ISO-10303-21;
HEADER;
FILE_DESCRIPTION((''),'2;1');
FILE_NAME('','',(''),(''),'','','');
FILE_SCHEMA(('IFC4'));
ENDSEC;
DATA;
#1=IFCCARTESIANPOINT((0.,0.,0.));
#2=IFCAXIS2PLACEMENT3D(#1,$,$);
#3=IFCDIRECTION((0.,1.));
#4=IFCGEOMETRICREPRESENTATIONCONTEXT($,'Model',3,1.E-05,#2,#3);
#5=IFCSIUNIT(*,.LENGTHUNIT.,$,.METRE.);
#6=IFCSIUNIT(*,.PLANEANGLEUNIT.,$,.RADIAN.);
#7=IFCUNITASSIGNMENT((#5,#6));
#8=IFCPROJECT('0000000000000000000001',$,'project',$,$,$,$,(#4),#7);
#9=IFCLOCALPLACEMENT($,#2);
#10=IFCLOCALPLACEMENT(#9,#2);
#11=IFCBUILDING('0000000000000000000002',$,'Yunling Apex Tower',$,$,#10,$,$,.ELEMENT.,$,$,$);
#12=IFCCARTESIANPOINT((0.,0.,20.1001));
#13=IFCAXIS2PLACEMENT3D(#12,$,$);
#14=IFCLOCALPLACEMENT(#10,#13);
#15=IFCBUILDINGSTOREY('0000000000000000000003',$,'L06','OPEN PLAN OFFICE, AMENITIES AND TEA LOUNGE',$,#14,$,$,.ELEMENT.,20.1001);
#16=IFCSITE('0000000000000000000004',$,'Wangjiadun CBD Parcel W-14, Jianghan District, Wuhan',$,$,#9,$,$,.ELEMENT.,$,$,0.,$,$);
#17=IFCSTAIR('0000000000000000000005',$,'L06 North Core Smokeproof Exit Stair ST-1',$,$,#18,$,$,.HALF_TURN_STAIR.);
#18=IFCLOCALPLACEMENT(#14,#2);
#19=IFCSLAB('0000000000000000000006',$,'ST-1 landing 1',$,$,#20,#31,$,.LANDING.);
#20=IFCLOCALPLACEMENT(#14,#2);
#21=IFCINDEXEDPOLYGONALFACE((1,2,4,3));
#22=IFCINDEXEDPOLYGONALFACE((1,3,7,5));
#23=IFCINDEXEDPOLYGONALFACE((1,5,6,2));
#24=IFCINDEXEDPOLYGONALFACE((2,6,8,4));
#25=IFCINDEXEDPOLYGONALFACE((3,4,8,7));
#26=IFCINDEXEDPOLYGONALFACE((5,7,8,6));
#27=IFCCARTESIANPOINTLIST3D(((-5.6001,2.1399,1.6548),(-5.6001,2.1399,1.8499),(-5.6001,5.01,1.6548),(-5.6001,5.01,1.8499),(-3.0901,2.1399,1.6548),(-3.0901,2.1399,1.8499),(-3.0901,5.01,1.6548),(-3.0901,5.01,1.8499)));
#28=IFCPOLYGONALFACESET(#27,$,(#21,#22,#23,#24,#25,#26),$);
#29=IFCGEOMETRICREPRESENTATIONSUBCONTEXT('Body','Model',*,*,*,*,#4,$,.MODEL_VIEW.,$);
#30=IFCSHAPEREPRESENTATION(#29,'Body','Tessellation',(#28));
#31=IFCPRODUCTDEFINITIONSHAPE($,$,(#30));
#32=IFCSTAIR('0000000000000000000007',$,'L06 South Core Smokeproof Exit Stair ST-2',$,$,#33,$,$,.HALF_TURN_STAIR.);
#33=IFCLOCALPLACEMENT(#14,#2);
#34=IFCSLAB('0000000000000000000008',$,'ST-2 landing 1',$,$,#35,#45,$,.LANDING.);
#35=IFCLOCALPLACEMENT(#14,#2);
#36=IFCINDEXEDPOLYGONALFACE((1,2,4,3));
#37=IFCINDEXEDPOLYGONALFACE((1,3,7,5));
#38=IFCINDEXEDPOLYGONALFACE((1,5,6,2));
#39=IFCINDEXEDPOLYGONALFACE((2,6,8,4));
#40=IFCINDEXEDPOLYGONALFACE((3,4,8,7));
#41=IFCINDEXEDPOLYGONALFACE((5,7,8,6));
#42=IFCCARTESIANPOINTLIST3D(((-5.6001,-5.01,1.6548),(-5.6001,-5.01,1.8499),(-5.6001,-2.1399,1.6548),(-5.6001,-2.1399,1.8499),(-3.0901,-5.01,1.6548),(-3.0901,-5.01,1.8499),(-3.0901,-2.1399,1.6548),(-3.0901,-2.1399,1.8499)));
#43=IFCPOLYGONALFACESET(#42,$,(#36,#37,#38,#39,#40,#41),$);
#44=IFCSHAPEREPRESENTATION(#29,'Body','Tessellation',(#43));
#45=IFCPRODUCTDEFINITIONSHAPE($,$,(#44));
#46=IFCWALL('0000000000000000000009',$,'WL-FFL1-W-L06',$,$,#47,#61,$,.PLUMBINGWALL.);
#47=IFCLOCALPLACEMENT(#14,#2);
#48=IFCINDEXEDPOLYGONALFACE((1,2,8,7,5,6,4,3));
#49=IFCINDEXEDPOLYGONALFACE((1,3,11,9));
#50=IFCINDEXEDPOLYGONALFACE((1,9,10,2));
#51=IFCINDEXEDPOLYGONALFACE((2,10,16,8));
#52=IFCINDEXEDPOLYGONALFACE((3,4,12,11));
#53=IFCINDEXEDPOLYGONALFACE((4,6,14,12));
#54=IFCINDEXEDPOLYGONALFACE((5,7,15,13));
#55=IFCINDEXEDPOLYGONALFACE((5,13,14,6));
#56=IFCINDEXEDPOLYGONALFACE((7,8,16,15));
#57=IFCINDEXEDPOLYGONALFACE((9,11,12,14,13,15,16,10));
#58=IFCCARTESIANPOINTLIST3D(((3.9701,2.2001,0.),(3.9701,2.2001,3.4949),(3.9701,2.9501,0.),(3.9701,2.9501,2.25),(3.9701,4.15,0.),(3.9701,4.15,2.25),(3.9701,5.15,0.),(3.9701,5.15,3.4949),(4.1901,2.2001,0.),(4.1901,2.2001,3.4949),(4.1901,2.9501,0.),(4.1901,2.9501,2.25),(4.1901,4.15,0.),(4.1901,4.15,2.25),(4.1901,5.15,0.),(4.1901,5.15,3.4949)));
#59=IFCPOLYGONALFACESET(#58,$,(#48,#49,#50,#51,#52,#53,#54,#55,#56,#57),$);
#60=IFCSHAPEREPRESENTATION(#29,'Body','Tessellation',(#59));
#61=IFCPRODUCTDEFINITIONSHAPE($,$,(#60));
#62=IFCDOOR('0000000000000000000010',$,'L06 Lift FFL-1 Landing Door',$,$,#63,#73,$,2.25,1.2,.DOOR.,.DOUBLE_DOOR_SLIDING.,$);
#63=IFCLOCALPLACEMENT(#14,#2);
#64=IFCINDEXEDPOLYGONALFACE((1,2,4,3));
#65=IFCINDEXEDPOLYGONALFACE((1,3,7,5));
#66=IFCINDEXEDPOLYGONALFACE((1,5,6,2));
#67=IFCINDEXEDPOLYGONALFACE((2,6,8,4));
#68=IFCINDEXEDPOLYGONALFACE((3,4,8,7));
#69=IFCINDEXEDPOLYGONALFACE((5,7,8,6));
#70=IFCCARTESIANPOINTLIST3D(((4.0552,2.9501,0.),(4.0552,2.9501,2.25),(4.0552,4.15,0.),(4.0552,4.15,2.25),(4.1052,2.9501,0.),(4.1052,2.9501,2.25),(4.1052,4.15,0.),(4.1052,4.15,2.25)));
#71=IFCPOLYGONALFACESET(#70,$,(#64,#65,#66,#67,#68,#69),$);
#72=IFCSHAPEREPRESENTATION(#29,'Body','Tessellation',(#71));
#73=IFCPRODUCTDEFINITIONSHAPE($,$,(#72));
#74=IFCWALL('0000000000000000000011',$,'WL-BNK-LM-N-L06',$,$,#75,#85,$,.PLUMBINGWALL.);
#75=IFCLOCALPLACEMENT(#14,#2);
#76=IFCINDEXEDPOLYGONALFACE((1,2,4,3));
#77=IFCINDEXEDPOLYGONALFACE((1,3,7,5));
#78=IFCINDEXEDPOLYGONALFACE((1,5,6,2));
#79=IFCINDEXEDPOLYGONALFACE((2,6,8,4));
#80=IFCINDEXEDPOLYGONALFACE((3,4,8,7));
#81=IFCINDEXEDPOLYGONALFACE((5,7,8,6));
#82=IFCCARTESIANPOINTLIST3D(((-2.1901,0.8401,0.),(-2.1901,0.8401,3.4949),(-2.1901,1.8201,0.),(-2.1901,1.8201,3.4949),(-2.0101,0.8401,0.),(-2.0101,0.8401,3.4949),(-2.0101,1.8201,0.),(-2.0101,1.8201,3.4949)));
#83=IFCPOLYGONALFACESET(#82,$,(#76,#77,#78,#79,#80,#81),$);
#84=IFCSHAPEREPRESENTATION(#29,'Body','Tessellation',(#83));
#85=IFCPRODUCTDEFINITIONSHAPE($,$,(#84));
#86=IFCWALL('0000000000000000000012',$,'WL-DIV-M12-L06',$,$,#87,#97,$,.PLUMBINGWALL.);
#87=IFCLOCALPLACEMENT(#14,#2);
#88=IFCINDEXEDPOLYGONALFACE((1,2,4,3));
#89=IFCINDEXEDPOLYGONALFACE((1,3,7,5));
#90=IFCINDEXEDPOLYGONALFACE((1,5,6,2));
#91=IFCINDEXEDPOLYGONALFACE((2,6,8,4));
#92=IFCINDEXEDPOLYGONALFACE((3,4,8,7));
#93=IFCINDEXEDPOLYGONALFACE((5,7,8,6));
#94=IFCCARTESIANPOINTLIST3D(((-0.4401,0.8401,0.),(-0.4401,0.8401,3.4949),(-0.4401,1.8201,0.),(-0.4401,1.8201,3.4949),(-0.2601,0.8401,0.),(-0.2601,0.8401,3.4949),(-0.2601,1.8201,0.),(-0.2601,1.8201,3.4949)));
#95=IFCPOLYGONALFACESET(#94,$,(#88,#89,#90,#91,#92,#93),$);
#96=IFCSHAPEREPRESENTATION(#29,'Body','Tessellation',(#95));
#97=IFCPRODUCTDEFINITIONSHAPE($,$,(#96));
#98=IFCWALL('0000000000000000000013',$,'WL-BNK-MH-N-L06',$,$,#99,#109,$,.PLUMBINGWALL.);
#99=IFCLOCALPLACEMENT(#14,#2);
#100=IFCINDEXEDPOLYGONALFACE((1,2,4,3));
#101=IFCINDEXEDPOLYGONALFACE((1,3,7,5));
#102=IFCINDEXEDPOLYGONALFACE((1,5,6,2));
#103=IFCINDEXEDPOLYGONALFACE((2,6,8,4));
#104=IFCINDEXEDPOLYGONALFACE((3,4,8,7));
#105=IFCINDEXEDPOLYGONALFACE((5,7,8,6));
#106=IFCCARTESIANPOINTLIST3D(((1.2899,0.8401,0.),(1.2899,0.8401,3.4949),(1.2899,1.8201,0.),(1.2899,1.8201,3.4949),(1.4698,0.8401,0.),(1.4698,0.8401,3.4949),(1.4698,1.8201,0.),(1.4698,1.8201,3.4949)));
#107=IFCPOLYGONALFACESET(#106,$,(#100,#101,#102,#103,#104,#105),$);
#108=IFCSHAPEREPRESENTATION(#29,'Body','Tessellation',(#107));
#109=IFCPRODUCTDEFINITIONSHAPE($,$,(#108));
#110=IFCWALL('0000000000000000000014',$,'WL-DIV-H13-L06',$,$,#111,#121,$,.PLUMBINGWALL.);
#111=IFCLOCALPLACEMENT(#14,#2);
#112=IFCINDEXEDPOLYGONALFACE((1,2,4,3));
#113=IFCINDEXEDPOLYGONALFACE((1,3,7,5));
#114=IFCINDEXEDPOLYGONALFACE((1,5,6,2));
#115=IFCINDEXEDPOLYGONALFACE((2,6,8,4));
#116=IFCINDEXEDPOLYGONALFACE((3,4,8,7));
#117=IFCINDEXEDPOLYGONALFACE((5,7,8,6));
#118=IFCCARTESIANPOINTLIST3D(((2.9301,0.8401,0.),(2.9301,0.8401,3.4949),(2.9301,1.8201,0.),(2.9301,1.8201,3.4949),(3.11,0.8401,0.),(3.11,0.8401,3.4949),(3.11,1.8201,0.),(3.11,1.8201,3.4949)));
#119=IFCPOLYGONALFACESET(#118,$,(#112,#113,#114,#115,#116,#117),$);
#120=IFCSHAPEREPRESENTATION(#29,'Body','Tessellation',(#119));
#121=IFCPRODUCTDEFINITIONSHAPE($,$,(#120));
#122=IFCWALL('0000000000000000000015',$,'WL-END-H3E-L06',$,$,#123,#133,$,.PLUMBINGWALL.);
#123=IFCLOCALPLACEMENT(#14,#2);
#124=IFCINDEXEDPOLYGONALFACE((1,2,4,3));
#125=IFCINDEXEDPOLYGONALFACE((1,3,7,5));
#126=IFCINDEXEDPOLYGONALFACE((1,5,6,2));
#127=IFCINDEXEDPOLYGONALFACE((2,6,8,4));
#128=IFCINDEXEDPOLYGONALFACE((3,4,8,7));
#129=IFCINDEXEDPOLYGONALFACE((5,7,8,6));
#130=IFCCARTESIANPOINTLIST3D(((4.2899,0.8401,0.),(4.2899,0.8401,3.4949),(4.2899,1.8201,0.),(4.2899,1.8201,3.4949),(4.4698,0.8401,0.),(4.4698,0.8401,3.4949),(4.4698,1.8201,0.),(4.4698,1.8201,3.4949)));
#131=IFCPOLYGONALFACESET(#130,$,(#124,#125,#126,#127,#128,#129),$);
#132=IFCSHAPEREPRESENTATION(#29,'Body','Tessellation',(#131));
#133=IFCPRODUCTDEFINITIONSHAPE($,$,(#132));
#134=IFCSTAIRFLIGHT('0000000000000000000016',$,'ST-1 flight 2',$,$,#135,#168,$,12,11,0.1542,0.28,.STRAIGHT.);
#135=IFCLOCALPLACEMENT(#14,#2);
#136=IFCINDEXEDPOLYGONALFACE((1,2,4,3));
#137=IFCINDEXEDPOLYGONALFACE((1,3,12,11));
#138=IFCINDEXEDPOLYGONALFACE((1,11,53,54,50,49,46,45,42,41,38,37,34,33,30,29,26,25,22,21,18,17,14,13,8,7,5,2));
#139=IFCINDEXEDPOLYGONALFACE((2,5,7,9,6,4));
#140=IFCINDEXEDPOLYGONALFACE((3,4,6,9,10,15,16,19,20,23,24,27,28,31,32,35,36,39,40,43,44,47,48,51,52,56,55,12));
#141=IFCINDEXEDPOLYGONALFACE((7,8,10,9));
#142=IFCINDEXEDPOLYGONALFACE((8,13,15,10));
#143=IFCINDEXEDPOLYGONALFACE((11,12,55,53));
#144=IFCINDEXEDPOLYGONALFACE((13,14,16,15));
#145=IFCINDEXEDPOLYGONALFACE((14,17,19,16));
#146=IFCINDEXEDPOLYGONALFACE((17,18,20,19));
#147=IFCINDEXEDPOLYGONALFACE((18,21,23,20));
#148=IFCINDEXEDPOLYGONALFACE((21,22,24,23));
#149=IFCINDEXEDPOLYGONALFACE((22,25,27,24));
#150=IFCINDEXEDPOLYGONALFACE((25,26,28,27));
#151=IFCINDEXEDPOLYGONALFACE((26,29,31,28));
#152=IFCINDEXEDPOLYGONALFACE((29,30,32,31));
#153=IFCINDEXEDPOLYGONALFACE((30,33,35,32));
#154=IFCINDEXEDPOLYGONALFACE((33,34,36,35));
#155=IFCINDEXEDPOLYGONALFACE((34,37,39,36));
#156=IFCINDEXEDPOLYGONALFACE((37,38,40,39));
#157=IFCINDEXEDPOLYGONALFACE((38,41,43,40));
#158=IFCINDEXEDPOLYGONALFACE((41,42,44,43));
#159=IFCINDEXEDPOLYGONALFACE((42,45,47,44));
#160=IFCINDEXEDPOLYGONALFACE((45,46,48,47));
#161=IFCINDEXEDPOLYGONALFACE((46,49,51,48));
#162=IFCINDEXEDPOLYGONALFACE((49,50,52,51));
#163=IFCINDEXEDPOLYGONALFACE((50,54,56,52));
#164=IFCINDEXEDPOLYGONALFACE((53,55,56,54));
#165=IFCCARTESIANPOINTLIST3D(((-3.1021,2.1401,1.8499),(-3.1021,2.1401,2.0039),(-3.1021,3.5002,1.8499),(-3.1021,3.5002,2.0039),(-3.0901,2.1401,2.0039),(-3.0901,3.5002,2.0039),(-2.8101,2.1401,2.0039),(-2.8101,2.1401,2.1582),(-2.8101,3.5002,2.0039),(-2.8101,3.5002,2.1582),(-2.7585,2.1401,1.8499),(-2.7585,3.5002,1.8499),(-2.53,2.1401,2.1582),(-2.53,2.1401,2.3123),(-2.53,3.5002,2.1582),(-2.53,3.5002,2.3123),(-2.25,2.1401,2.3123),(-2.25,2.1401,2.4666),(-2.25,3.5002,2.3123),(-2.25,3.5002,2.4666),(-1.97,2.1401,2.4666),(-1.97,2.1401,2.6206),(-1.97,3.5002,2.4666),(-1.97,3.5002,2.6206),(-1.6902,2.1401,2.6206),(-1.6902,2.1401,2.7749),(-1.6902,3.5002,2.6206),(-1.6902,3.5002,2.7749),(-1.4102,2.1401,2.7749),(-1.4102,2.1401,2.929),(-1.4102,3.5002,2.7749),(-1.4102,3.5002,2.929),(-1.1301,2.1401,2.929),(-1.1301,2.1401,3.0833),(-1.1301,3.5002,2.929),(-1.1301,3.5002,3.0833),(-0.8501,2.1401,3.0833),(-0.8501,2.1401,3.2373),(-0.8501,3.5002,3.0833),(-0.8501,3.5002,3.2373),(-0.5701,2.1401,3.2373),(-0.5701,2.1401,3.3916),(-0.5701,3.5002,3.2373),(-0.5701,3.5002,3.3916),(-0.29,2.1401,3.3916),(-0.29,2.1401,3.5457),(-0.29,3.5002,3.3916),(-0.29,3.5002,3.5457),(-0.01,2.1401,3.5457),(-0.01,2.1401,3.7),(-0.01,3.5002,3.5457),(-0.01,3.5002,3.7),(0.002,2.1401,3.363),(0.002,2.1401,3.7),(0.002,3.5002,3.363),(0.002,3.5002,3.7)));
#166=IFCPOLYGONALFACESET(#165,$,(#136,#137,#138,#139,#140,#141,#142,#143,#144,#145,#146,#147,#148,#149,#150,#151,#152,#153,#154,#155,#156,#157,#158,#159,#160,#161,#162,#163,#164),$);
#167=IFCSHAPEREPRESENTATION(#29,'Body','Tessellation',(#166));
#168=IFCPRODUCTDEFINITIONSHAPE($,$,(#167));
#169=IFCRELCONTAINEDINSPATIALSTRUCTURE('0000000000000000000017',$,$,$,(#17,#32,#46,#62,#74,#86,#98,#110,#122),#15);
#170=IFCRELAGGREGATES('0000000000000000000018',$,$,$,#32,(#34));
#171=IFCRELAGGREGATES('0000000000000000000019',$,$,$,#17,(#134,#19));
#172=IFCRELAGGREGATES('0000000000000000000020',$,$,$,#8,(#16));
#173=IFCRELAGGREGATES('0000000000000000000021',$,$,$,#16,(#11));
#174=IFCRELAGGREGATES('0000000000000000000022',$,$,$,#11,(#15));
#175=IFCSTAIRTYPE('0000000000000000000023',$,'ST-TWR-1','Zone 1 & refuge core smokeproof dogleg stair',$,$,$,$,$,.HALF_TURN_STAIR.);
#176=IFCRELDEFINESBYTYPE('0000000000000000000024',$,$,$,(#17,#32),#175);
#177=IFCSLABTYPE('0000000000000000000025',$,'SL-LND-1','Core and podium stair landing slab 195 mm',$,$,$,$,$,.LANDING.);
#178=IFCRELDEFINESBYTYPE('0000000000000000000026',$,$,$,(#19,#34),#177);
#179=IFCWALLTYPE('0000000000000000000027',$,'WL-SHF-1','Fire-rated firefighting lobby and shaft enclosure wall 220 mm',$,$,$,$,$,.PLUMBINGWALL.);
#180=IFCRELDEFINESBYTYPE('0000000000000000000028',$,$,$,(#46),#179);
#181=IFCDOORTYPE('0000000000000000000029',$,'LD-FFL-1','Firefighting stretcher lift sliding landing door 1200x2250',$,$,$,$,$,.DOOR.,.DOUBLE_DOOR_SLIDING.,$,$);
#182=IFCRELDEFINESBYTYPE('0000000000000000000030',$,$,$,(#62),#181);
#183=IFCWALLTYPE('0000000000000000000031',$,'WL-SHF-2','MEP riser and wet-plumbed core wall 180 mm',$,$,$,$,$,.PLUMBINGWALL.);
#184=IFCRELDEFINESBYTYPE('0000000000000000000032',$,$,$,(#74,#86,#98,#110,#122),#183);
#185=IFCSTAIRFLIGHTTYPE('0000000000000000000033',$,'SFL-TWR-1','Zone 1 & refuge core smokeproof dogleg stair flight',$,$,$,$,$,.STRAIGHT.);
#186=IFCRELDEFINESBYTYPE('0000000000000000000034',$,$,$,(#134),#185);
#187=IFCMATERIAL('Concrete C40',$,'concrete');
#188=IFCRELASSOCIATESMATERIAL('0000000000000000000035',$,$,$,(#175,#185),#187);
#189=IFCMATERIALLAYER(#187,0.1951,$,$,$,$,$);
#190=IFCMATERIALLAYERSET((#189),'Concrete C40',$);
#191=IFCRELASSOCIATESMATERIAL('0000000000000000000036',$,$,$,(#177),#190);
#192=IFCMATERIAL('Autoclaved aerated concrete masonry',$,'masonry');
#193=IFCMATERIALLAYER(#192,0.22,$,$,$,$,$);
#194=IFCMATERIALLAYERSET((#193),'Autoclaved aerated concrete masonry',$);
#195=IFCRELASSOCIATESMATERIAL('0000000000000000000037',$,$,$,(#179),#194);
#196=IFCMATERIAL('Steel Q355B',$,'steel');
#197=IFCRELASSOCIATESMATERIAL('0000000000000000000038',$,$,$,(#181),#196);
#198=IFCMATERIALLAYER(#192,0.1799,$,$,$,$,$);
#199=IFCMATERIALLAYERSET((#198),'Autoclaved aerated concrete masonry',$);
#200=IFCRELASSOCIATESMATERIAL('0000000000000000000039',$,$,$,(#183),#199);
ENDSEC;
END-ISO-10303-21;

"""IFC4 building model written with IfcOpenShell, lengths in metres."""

from ifc_helpers import new_model, si_unit, direction, frame, frame_2d, origin, place, context, subcontext, project, spatial, polyline, rectangle, outline, extrude, material, layer, layer_set, type_object, element, fill, aggregate, save


model = new_model("IFC4")

# Units and contexts
model_context = context("Model", 3, precision=1e-05, world=origin(), true_north=direction((0.0, 1.0)))
body_context = subcontext(model_context, "Body", "Model", "MODEL_VIEW")
ifc_project = project(units=[si_unit("LENGTHUNIT", "METRE"), si_unit("PLANEANGLEUNIT", "RADIAN")], contexts=[model_context])

# Site, building, storey
site_placement = place(None, origin())
site = spatial("IfcSite", under=ifc_project, at=site_placement, Name="Wangjiadun CBD Parcel W-14, Jianghan District, Wuhan", CompositionType="ELEMENT", RefElevation=0.0)
building_placement = place(site_placement, origin())
building = spatial("IfcBuilding", under=site, at=building_placement, Name="Yunling Apex Tower", CompositionType="ELEMENT")
storey_placement = place(building_placement, frame((0.0, 0.0, 20.1001)))
storey = spatial("IfcBuildingStorey", under=building, at=storey_placement, Name="L06", Description="OPEN PLAN OFFICE, AMENITIES AND TEA LOUNGE", CompositionType="ELEMENT", Elevation=20.1001)

# Stairs, slabs
ifc_material_1 = material(Name="Concrete C40", Category="concrete")
stair_type = type_object("IfcStairType", Name="ST-TWR-1", Description="Zone 1 & refuge core smokeproof dogleg stair", PredefinedType="HALF_TURN_STAIR", material=ifc_material_1)
stair_1_placement = place(storey_placement, origin())
stair_1 = element("IfcStair", 1, at=stair_1_placement, inside=storey, type_object=stair_type, Name="L06 North Core Smokeproof Exit Stair ST-1", PredefinedType="HALF_TURN_STAIR")
ifc_layer_1 = layer(ifc_material_1, 0.1951)
ifc_layer_set_1 = layer_set([ifc_layer_1], Name="Concrete C40")
slab_type = type_object("IfcSlabType", Name="SL-LND-1", Description="Core and podium stair landing slab 195 mm", PredefinedType="LANDING", material=ifc_layer_set_1)
slab_1_placement = place(storey_placement, frame((0.0, 0.0, 1.6548)))
slab_1 = element("IfcSlab", 2, at=slab_1_placement, type_object=slab_type, Name="ST-1 landing 1", PredefinedType="LANDING", context=body_context, shape_type="SweptSolid", body=[
    extrude(outline(polyline([(-3.0901, 5.01), (-5.6001, 5.01), (-5.6001, 2.1399), (-3.0901, 2.1399), (-3.0901, 5.01)])), origin(), (0.0, 0.0, 1.0), 0.1951),
])
stair_2_placement = place(storey_placement, origin())
stair_2 = element("IfcStair", 3, at=stair_2_placement, inside=storey, type_object=stair_type, Name="L06 South Core Smokeproof Exit Stair ST-2", PredefinedType="HALF_TURN_STAIR")
slab_2_placement = place(storey_placement, frame((0.0, 0.0, 1.6548)))
slab_2 = element("IfcSlab", 4, at=slab_2_placement, type_object=slab_type, Name="ST-2 landing 1", PredefinedType="LANDING", context=body_context, shape_type="SweptSolid", body=[
    extrude(outline(polyline([(-3.0901, -2.1399), (-5.6001, -2.1399), (-5.6001, -5.01), (-3.0901, -5.01), (-3.0901, -2.1399)])), origin(), (0.0, 0.0, 1.0), 0.1951),
])
aggregate(stair_2, [slab_2])

# Wall, opening, door
ifc_material_2 = material(Name="Autoclaved aerated concrete masonry", Category="masonry")
ifc_layer_2 = layer(ifc_material_2, 0.22)
ifc_layer_set_2 = layer_set([ifc_layer_2], Name="Autoclaved aerated concrete masonry")
wall_type_1 = type_object("IfcWallType", Name="WL-SHF-1", Description="Fire-rated firefighting lobby and shaft enclosure wall 220 mm", PredefinedType="PLUMBINGWALL", material=ifc_layer_set_2)
ifc_material_3 = material(Name="Steel Q355B", Category="steel")
wall_1_placement = place(storey_placement, frame((4.0801, 2.2, 0.0), z_axis=(0.0, 0.0, 1.0), x_axis=(0.0, 1.0, 0.0)))
wall_1 = element("IfcWall", 5, at=wall_1_placement, inside=storey, type_object=wall_type_1, Name="WL-FFL1-W-L06", PredefinedType="PLUMBINGWALL", context=body_context, shape_type="SweptSolid", body=[
    extrude(rectangle(XDim=2.95, YDim=0.22, at=frame_2d((1.4751, 0.0))), origin(), (0.0, 0.0, 1.0), 3.4949),
])
opening_1_placement = place(wall_1_placement, frame((0.75, 0.0, 0.0)))
opening_1 = element("IfcOpeningElement", 6, at=opening_1_placement, cuts=wall_1, PredefinedType="OPENING", context=body_context, shape_type="SweptSolid", body=[
    extrude(rectangle(XDim=1.2, YDim=2.25, at=frame_2d((0.6001, 1.125))), frame((0.0, 0.1201, 0.0), z_axis=(0.0, -1.0, 0.0), x_axis=(1.0, 0.0, 0.0)), (0.0, 0.0, 1.0), 0.24),
])
door_type_1 = type_object("IfcDoorType", Name="LD-FFL-1", Description="Firefighting stretcher lift sliding landing door 1200x2250", OperationType="DOUBLE_DOOR_SLIDING", PredefinedType="DOOR", material=ifc_material_3)
door_1_placement = place(opening_1_placement, origin())
door_1 = element("IfcDoor", 7, at=door_1_placement, inside=storey, type_object=door_type_1, Name="L06 Lift FFL-1 Landing Door", OperationType="DOUBLE_DOOR_SLIDING", OverallHeight=2.25, OverallWidth=1.2, PredefinedType="DOOR", context=body_context, shape_type="SweptSolid", body=[
    extrude(rectangle(XDim=1.2, YDim=2.25, at=frame_2d((0.6001, 1.125))), frame((0.0, 0.0249, 0.0), z_axis=(0.0, -1.0, 0.0), x_axis=(1.0, 0.0, 0.0)), (0.0, 0.0, 1.0), 0.05),
])
fill(opening_1, door_1)

# Walls
ifc_layer_3 = layer(ifc_material_2, 0.1799)
ifc_layer_set_3 = layer_set([ifc_layer_3], Name="Autoclaved aerated concrete masonry")
wall_type_2 = type_object("IfcWallType", Name="WL-SHF-2", Description="MEP riser and wet-plumbed core wall 180 mm", PredefinedType="PLUMBINGWALL", material=ifc_layer_set_3)
for number, where, z_axis, x_axis, name in (
    (8, (-2.1001, 0.8401, 0.0), (0.0, 0.0, 1.0), (0.0, 1.0, 0.0), "WL-BNK-LM-N-L06"),
    (9, (-0.3501, 0.8401, 0.0), (0.0, 0.0, 1.0), (0.0, 1.0, 0.0), "WL-DIV-M12-L06"),
    (10, (1.3799, 0.8401, 0.0), (0.0, 0.0, 1.0), (0.0, 1.0, 0.0), "WL-BNK-MH-N-L06"),
    (11, (3.02, 0.8401, 0.0), (0.0, 0.0, 1.0), (0.0, 1.0, 0.0), "WL-DIV-H13-L06"),
    (12, (4.3799, 0.8401, 0.0), (0.0, 0.0, 1.0), (0.0, 1.0, 0.0), "WL-END-H3E-L06"),
):
    element("IfcWall", number, at=place(storey_placement, frame(where, z_axis=z_axis, x_axis=x_axis)), inside=storey, type_object=wall_type_2, Name=name, PredefinedType="PLUMBINGWALL", context=body_context, shape_type="SweptSolid", body=[
        extrude(rectangle(XDim=0.98, YDim=0.1799, at=frame_2d((0.49, 0.0))), origin(), (0.0, 0.0, 1.0), 3.4949),
    ])

# Stair flight
stair_flight_type = type_object("IfcStairFlightType", Name="SFL-TWR-1", Description="Zone 1 & refuge core smokeproof dogleg stair flight", PredefinedType="STRAIGHT", material=ifc_material_1)
stair_flight_placement = place(storey_placement, frame((-3.0901, 2.8201, 1.8499), z_axis=(0.0, 0.0, 1.0), x_axis=(1.0, 0.0, 0.0)))
stair_flight = element("IfcStairFlight", 13, at=stair_flight_placement, type_object=stair_flight_type, Name="ST-1 flight 2", NumberOfRisers=12, NumberOfTreads=11, PredefinedType="STRAIGHT", RiserHeight=0.1542, TreadLength=0.28, context=body_context, shape_type="SweptSolid", body=[
    extrude(outline(polyline([(-0.012, 0.0), (-0.012, 0.1541), (0.0, 0.1541), (0.28, 0.1541), (0.28, 0.3083), (0.5601, 0.3083), (0.5601, 0.4624), (0.8401, 0.4624), (0.8401, 0.6167), (1.1201, 0.6167), (1.1201, 0.7708), (1.3999, 0.7708), (1.3999, 0.925), (1.6799, 0.925), (1.6799, 1.0791), (1.96, 1.0791), (1.96, 1.2334), (2.24, 1.2334), (2.24, 1.3875), (2.52, 1.3875), (2.52, 1.5417), (2.8, 1.5417), (2.8, 1.6958), (3.0801, 1.6958), (3.0801, 1.8501), (3.092, 1.8501), (3.092, 1.5132), (0.3315, 0.0), (-0.012, 0.0)])), frame((0.0, 0.6802, 0.0), z_axis=(0.0, -1.0, 0.0), x_axis=(1.0, 0.0, 0.0)), (0.0, 0.0, 1.0), 1.3601),
])
aggregate(stair_1, [stair_flight, slab_1])

save(model, "model.ifc")
